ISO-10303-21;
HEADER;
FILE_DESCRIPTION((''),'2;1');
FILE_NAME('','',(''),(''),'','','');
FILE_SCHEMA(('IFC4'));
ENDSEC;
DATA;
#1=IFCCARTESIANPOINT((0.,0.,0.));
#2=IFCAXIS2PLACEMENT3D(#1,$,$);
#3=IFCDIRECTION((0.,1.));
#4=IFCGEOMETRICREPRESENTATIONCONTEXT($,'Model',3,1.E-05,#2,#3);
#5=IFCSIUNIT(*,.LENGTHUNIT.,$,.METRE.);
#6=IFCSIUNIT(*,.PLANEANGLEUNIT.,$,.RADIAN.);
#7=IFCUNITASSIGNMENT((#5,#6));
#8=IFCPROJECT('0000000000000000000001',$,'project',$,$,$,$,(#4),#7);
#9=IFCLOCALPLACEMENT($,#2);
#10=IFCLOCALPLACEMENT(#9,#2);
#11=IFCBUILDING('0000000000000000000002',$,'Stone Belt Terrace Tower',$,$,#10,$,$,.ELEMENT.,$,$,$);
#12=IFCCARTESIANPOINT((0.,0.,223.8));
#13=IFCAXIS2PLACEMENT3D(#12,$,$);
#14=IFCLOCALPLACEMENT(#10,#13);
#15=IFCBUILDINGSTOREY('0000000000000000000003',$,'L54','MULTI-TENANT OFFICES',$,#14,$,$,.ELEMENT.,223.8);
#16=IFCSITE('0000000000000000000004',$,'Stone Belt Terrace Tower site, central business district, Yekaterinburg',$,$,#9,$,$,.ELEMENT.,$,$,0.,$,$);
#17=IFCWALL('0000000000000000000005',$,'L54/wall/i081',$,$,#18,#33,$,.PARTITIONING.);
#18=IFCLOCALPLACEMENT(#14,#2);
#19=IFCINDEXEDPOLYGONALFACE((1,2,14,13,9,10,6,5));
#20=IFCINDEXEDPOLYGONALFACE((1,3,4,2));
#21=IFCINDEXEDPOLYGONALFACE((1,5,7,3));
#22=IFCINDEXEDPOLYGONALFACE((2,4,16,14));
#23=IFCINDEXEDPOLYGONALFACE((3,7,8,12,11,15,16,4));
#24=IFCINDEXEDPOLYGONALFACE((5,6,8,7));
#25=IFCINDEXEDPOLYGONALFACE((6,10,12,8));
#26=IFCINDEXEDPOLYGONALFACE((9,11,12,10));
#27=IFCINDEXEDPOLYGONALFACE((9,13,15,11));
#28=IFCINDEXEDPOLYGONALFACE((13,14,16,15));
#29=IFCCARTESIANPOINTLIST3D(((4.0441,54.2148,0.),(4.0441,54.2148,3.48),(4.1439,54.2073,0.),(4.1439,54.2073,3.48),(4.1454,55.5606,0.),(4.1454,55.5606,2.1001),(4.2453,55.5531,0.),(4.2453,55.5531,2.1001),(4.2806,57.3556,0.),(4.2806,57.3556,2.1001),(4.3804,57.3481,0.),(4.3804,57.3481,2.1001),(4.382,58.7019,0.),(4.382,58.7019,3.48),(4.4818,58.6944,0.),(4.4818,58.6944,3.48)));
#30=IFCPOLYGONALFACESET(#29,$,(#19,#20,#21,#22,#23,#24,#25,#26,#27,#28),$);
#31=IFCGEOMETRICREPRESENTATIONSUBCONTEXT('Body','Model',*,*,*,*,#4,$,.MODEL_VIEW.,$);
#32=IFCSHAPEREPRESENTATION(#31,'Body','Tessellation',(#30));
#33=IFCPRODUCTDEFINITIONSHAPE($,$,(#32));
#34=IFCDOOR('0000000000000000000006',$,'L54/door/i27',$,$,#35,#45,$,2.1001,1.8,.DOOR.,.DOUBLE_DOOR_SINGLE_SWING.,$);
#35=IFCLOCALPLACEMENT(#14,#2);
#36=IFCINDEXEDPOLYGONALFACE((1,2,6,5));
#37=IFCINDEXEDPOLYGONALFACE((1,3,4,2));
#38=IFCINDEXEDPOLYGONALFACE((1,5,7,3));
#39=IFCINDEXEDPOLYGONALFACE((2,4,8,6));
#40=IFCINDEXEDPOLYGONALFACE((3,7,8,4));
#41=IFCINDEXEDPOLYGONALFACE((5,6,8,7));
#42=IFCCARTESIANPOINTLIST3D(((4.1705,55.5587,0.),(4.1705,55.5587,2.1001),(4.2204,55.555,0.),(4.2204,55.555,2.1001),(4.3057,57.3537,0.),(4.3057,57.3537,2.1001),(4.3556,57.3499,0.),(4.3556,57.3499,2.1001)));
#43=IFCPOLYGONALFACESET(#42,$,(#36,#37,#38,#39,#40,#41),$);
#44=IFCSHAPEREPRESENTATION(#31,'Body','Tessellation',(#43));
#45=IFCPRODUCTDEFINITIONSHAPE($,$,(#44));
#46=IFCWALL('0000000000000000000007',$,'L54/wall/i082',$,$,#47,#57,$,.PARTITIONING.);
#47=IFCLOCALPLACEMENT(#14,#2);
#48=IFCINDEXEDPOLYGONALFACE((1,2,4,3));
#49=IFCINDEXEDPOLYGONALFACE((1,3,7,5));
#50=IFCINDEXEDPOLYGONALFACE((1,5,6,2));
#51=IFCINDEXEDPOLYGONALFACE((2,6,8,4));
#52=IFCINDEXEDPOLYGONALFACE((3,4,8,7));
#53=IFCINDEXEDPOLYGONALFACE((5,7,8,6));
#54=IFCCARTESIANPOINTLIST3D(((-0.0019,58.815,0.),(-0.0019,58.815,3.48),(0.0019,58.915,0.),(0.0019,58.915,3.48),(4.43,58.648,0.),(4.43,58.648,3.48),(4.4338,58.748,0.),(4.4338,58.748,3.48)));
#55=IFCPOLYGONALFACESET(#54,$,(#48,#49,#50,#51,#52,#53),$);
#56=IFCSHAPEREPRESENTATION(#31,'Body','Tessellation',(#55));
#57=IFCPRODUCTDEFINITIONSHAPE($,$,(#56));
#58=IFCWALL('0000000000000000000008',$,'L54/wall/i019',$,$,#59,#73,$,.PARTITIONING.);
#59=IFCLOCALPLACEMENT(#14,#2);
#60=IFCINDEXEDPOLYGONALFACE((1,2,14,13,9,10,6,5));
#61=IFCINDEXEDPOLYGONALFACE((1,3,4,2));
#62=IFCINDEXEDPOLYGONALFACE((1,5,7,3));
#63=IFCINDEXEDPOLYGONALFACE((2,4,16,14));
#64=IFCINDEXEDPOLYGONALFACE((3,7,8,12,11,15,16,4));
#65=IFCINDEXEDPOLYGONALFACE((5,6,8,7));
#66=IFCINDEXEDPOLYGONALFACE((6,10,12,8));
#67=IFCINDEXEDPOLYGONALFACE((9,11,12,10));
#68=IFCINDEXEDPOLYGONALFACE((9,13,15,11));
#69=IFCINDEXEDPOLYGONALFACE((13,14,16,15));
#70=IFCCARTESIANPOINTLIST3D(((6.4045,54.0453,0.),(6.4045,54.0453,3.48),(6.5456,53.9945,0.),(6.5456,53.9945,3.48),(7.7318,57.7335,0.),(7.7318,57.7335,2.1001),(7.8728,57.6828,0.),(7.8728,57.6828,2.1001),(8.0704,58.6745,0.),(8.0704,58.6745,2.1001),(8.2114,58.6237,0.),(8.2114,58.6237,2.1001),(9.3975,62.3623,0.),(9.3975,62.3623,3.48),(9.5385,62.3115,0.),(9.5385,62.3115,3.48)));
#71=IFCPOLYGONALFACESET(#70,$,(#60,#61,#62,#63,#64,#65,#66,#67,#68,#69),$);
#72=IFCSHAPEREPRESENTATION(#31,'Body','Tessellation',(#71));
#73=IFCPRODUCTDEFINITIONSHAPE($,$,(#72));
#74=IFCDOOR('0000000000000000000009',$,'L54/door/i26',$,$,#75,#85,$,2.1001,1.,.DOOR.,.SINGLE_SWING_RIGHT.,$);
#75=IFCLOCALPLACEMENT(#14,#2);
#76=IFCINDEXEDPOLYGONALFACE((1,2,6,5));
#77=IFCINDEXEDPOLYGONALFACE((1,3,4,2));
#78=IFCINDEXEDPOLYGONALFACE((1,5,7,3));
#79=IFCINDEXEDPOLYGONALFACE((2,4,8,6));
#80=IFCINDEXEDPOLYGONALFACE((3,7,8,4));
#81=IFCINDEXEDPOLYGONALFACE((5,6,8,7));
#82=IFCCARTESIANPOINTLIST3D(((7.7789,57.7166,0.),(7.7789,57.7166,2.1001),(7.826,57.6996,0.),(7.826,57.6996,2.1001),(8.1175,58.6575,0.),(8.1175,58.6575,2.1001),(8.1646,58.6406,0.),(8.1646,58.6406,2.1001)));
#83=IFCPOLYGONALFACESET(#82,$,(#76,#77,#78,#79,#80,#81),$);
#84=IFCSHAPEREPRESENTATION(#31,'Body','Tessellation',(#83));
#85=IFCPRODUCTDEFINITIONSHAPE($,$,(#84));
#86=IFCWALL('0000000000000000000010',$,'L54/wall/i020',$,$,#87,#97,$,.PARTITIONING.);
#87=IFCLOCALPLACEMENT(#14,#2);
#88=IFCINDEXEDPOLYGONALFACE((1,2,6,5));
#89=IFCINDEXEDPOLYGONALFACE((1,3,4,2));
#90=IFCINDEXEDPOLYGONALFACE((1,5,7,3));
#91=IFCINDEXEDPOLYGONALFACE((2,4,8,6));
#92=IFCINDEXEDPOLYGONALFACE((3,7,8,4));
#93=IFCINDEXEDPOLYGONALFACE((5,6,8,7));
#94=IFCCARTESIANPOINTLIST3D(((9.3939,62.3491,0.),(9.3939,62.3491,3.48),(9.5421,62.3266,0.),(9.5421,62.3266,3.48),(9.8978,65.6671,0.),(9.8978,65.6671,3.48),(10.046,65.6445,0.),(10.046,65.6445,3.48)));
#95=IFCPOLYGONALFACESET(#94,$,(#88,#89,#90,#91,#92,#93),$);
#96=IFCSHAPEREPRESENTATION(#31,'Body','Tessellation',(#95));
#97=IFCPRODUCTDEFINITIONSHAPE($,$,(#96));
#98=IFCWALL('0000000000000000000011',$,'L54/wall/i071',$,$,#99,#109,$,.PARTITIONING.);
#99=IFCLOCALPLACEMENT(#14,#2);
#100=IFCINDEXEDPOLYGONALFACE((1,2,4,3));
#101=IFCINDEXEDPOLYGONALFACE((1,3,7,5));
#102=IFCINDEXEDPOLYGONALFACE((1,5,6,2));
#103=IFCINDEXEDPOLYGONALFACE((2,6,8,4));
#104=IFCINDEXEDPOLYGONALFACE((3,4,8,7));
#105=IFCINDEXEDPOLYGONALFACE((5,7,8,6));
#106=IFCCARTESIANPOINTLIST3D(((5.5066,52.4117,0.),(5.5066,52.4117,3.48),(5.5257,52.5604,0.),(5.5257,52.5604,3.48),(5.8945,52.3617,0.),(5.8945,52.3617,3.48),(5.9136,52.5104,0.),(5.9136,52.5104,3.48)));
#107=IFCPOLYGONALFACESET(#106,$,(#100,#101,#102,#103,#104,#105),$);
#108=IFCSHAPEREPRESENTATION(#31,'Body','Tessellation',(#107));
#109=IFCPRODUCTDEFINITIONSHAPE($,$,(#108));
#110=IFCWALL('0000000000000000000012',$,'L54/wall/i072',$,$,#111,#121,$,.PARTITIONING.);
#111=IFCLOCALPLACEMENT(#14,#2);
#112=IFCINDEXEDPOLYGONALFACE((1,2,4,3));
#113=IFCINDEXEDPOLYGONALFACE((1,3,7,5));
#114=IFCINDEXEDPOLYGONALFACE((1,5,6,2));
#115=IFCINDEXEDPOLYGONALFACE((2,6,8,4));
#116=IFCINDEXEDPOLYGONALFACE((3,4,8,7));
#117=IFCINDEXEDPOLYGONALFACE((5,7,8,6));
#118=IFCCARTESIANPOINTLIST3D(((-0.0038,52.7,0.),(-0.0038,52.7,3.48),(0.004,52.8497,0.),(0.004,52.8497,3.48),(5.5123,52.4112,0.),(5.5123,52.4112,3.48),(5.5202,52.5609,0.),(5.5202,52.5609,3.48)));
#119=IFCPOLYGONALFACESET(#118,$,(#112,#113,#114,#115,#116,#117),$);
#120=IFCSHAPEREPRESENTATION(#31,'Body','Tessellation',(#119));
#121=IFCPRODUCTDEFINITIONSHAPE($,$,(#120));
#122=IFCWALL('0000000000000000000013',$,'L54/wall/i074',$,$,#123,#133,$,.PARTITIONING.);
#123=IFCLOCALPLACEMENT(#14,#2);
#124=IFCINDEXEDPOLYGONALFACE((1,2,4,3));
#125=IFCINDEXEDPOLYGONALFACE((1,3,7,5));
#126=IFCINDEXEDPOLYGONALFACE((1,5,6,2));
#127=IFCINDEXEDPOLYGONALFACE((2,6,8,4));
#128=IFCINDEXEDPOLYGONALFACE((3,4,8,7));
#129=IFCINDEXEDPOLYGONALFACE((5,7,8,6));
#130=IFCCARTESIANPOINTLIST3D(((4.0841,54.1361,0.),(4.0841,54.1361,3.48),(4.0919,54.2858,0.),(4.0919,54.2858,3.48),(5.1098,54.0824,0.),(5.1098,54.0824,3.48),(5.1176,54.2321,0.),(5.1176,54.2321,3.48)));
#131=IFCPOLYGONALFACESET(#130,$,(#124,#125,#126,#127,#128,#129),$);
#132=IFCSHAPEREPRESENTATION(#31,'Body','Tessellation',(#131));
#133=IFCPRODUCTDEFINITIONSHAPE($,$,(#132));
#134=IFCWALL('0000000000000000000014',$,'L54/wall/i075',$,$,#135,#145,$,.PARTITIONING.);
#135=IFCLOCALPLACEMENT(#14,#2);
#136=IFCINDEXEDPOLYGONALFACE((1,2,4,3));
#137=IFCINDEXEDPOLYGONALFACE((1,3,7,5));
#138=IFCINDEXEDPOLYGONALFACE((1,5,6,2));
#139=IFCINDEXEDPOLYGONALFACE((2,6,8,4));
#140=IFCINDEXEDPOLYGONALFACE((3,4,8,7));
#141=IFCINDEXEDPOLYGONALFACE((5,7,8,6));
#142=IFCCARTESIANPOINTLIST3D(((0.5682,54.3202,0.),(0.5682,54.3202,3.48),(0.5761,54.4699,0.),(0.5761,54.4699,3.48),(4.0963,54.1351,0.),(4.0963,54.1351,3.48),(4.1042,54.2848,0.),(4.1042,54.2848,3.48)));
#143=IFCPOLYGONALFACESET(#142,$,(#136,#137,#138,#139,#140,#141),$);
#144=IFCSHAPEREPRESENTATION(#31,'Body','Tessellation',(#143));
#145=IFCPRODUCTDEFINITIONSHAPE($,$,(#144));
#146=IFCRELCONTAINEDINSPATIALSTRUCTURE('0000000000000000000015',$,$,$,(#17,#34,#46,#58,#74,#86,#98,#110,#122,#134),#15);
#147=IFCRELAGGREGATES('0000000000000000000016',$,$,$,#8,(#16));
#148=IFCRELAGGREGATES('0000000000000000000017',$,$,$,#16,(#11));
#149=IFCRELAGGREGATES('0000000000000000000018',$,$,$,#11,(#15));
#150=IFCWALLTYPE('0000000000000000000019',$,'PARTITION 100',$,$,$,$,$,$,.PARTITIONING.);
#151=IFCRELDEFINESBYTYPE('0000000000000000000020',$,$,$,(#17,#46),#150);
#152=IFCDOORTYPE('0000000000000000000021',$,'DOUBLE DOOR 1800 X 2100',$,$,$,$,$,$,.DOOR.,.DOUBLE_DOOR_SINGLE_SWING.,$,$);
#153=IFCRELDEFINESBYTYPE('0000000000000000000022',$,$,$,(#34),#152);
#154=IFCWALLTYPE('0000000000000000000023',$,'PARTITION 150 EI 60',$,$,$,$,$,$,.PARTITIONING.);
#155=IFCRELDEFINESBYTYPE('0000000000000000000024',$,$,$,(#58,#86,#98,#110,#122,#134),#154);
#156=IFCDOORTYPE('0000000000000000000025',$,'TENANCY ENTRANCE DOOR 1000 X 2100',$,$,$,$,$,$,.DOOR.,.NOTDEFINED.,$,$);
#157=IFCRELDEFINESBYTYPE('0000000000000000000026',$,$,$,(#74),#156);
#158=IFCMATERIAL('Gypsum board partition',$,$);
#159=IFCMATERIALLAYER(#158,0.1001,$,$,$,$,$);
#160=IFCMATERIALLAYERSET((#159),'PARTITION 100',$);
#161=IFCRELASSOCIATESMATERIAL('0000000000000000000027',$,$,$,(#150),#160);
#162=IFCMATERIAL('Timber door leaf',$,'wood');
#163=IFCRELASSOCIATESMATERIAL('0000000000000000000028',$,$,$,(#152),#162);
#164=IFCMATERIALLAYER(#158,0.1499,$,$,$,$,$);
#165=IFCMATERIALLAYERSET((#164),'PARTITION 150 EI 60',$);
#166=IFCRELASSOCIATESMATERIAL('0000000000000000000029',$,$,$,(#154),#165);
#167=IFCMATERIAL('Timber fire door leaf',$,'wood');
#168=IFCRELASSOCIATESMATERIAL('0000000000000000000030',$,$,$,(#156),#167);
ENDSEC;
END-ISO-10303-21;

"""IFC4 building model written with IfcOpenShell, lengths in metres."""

from ifc_helpers import new_model, si_unit, direction, frame, frame_2d, origin, place, context, subcontext, project, spatial, rectangle, extrude, material, layer, layer_set, type_object, element, fill, save


model = new_model("IFC4")

# Units and contexts
model_context = context("Model", 3, precision=1e-05, world=origin(), true_north=direction((0.0, 1.0)))
body_context = subcontext(model_context, "Body", "Model", "MODEL_VIEW")
ifc_project = project(units=[si_unit("LENGTHUNIT", "METRE"), si_unit("PLANEANGLEUNIT", "RADIAN")], contexts=[model_context])

# Site, building, storey
site_placement = place(None, origin())
site = spatial("IfcSite", under=ifc_project, at=site_placement, Name="Stone Belt Terrace Tower site, central business district, Yekaterinburg", CompositionType="ELEMENT", RefElevation=0.0)
building_placement = place(site_placement, origin())
building = spatial("IfcBuilding", under=site, at=building_placement, Name="Stone Belt Terrace Tower", CompositionType="ELEMENT")
storey_placement = place(building_placement, frame((0.0, 0.0, 223.8)))
storey = spatial("IfcBuildingStorey", under=building, at=storey_placement, Name="L54", Description="MULTI-TENANT OFFICES", CompositionType="ELEMENT", Elevation=223.8)

# Shared definitions
ifc_material_1 = material(Name="Timber door leaf", Category="wood")

# Wall, opening, door
ifc_material_2 = material(Name="Gypsum board partition")
ifc_layer_1 = layer(ifc_material_2, 0.1001)
ifc_layer_set_1 = layer_set([ifc_layer_1], Name="PARTITION 100")
wall_type_1 = type_object("IfcWallType", Name="PARTITION 100", PredefinedType="PARTITIONING", material=ifc_layer_set_1)
wall_1_placement = place(storey_placement, frame((4.094, 54.2109, 0.0), z_axis=(0.0, 0.0, 1.0), x_axis=(0.075091, 0.997177, 0.0)))
wall_1 = element("IfcWall", 1, at=wall_1_placement, inside=storey, type_object=wall_type_1, Name="L54/wall/i081", PredefinedType="PARTITIONING", context=body_context, shape_type="SweptSolid", body=[
    extrude(rectangle(XDim=4.4998, YDim=0.1001, at=frame_2d((2.25, 0.0))), origin(), (0.0, 0.0, 1.0), 3.48),
])
opening_1_placement = place(wall_1_placement, frame((1.3499, 0.0, 0.0)))
opening_1 = element("IfcOpeningElement", 2, at=opening_1_placement, cuts=wall_1, PredefinedType="OPENING", context=body_context, shape_type="SweptSolid", body=[
    extrude(rectangle(XDim=1.8, YDim=2.1001, at=frame_2d((0.8999, 1.05))), frame((0.0, 0.0601, 0.0), z_axis=(0.0, -1.0, 0.0), x_axis=(1.0, 0.0, 0.0)), (0.0, 0.0, 1.0), 0.1201),
])
door_type_1 = type_object("IfcDoorType", Name="DOUBLE DOOR 1800 X 2100", OperationType="DOUBLE_DOOR_SINGLE_SWING", PredefinedType="DOOR", material=ifc_material_1)
door_1_placement = place(opening_1_placement, origin())
door_1 = element("IfcDoor", 3, at=door_1_placement, inside=storey, type_object=door_type_1, Name="L54/door/i27", OperationType="DOUBLE_DOOR_SINGLE_SWING", OverallHeight=2.1001, OverallWidth=1.8, PredefinedType="DOOR", context=body_context, shape_type="SweptSolid", body=[
    extrude(rectangle(XDim=1.8, YDim=2.1001, at=frame_2d((0.8999, 1.05))), frame((0.0, 0.0249, 0.0), z_axis=(0.0, -1.0, 0.0), x_axis=(1.0, 0.0, 0.0)), (0.0, 0.0, 1.0), 0.05),
])
fill(opening_1, door_1)

# Wall
wall_2_placement = place(storey_placement, frame((4.4319, 58.698, 0.0), z_axis=(0.0, 0.0, 1.0), x_axis=(-0.999291, 0.037653, 0.0)))
element("IfcWall", 4, at=wall_2_placement, inside=storey, type_object=wall_type_1, Name="L54/wall/i082", PredefinedType="PARTITIONING", context=body_context, shape_type="SweptSolid", body=[
    extrude(rectangle(XDim=4.4351, YDim=0.1001, at=frame_2d((2.2175, 0.0))), origin(), (0.0, 0.0, 1.0), 3.48),
])

# Wall, opening, door
ifc_layer_2 = layer(ifc_material_2, 0.1499)
ifc_layer_set_2 = layer_set([ifc_layer_2], Name="PARTITION 150 EI 60")
wall_type_2 = type_object("IfcWallType", Name="PARTITION 150 EI 60", PredefinedType="PARTITIONING", material=ifc_layer_set_2)
wall_3_placement = place(storey_placement, frame((6.4751, 54.02, 0.0), z_axis=(0.0, 0.0, 1.0), x_axis=(0.338603, 0.940929, 0.0)))
wall_3 = element("IfcWall", 5, at=wall_3_placement, inside=storey, type_object=wall_type_2, Name="L54/wall/i019", PredefinedType="PARTITIONING", context=body_context, shape_type="SweptSolid", body=[
    extrude(rectangle(XDim=8.8391, YDim=0.1499, at=frame_2d((4.4194, 0.0))), origin(), (0.0, 0.0, 1.0), 3.48),
])
opening_2_placement = place(wall_3_placement, frame((3.9197, 0.0, 0.0)))
opening_2 = element("IfcOpeningElement", 6, at=opening_2_placement, cuts=wall_3, PredefinedType="OPENING", context=body_context, shape_type="SweptSolid", body=[
    extrude(rectangle(XDim=1.0, YDim=2.1001, at=frame_2d((0.5, 1.05))), frame((0.0, 0.085, 0.0), z_axis=(0.0, -1.0, 0.0), x_axis=(1.0, 0.0, 0.0)), (0.0, 0.0, 1.0), 0.1699),
])
ifc_material_3 = material(Name="Timber fire door leaf", Category="wood")
door_type_2 = type_object("IfcDoorType", Name="TENANCY ENTRANCE DOOR 1000 X 2100", OperationType="NOTDEFINED", PredefinedType="DOOR", material=ifc_material_3)
door_2_placement = place(opening_2_placement, origin())
door_2 = element("IfcDoor", 7, at=door_2_placement, inside=storey, type_object=door_type_2, Name="L54/door/i26", OperationType="SINGLE_SWING_RIGHT", OverallHeight=2.1001, OverallWidth=1.0, PredefinedType="DOOR", context=body_context, shape_type="SweptSolid", body=[
    extrude(rectangle(XDim=1.0, YDim=2.1001, at=frame_2d((0.5, 1.05))), frame((0.0, 0.0249, 0.0), z_axis=(0.0, -1.0, 0.0), x_axis=(1.0, 0.0, 0.0)), (0.0, 0.0, 1.0), 0.05),
])
fill(opening_2, door_2)

# Walls
wall_4_placement = place(storey_placement, frame((9.468, 62.3379, 0.0), z_axis=(0.0, 0.0, 1.0), x_axis=(0.150154, 0.988663, 0.0)))
element("IfcWall", 8, at=wall_4_placement, inside=storey, type_object=wall_type_2, Name="L54/wall/i020", PredefinedType="PARTITIONING", context=body_context, shape_type="SweptSolid", body=[
    extrude(rectangle(XDim=3.356, YDim=0.1499, at=frame_2d((1.678, 0.0))), origin(), (0.0, 0.0, 1.0), 3.48),
])
wall_5_placement = place(storey_placement, frame((5.9041, 52.436, 0.0), z_axis=(0.0, 0.0, 1.0), x_axis=(-0.99178, 0.127952, 0.0)))
element("IfcWall", 9, at=wall_5_placement, inside=storey, type_object=wall_type_2, Name="L54/wall/i071", PredefinedType="PARTITIONING", context=body_context, shape_type="SweptSolid", body=[
    extrude(rectangle(XDim=0.3911, YDim=0.1499, at=frame_2d((0.1956, 0.0))), origin(), (0.0, 0.0, 1.0), 3.48),
])
wall_6_placement = place(storey_placement, frame((5.5161, 52.4861, 0.0), z_axis=(0.0, 0.0, 1.0), x_axis=(-0.998632, 0.052287, 0.0)))
element("IfcWall", 10, at=wall_6_placement, inside=storey, type_object=wall_type_2, Name="L54/wall/i072", PredefinedType="PARTITIONING", context=body_context, shape_type="SweptSolid", body=[
    extrude(rectangle(XDim=5.5237, YDim=0.1499, at=frame_2d((2.7617, 0.0))), origin(), (0.0, 0.0, 1.0), 3.48),
])
wall_7_placement = place(storey_placement, frame((4.0879, 54.2109, 0.0), z_axis=(0.0, 0.0, 1.0), x_axis=(0.998632, -0.052297, 0.0)))
element("IfcWall", 11, at=wall_7_placement, inside=storey, type_object=wall_type_2, Name="L54/wall/i074", PredefinedType="PARTITIONING", context=body_context, shape_type="SweptSolid", body=[
    extrude(rectangle(XDim=1.0271, YDim=0.1499, at=frame_2d((0.5137, 0.0))), origin(), (0.0, 0.0, 1.0), 3.48),
])
wall_8_placement = place(storey_placement, frame((0.572, 54.395, 0.0), z_axis=(0.0, 0.0, 1.0), x_axis=(0.998627, -0.052381, 0.0)))
element("IfcWall", 12, at=wall_8_placement, inside=storey, type_object=wall_type_2, Name="L54/wall/i075", PredefinedType="PARTITIONING", context=body_context, shape_type="SweptSolid", body=[
    extrude(rectangle(XDim=3.533, YDim=0.1499, at=frame_2d((1.7666, 0.0))), origin(), (0.0, 0.0, 1.0), 3.48),
])

save(model, "model.ifc")
